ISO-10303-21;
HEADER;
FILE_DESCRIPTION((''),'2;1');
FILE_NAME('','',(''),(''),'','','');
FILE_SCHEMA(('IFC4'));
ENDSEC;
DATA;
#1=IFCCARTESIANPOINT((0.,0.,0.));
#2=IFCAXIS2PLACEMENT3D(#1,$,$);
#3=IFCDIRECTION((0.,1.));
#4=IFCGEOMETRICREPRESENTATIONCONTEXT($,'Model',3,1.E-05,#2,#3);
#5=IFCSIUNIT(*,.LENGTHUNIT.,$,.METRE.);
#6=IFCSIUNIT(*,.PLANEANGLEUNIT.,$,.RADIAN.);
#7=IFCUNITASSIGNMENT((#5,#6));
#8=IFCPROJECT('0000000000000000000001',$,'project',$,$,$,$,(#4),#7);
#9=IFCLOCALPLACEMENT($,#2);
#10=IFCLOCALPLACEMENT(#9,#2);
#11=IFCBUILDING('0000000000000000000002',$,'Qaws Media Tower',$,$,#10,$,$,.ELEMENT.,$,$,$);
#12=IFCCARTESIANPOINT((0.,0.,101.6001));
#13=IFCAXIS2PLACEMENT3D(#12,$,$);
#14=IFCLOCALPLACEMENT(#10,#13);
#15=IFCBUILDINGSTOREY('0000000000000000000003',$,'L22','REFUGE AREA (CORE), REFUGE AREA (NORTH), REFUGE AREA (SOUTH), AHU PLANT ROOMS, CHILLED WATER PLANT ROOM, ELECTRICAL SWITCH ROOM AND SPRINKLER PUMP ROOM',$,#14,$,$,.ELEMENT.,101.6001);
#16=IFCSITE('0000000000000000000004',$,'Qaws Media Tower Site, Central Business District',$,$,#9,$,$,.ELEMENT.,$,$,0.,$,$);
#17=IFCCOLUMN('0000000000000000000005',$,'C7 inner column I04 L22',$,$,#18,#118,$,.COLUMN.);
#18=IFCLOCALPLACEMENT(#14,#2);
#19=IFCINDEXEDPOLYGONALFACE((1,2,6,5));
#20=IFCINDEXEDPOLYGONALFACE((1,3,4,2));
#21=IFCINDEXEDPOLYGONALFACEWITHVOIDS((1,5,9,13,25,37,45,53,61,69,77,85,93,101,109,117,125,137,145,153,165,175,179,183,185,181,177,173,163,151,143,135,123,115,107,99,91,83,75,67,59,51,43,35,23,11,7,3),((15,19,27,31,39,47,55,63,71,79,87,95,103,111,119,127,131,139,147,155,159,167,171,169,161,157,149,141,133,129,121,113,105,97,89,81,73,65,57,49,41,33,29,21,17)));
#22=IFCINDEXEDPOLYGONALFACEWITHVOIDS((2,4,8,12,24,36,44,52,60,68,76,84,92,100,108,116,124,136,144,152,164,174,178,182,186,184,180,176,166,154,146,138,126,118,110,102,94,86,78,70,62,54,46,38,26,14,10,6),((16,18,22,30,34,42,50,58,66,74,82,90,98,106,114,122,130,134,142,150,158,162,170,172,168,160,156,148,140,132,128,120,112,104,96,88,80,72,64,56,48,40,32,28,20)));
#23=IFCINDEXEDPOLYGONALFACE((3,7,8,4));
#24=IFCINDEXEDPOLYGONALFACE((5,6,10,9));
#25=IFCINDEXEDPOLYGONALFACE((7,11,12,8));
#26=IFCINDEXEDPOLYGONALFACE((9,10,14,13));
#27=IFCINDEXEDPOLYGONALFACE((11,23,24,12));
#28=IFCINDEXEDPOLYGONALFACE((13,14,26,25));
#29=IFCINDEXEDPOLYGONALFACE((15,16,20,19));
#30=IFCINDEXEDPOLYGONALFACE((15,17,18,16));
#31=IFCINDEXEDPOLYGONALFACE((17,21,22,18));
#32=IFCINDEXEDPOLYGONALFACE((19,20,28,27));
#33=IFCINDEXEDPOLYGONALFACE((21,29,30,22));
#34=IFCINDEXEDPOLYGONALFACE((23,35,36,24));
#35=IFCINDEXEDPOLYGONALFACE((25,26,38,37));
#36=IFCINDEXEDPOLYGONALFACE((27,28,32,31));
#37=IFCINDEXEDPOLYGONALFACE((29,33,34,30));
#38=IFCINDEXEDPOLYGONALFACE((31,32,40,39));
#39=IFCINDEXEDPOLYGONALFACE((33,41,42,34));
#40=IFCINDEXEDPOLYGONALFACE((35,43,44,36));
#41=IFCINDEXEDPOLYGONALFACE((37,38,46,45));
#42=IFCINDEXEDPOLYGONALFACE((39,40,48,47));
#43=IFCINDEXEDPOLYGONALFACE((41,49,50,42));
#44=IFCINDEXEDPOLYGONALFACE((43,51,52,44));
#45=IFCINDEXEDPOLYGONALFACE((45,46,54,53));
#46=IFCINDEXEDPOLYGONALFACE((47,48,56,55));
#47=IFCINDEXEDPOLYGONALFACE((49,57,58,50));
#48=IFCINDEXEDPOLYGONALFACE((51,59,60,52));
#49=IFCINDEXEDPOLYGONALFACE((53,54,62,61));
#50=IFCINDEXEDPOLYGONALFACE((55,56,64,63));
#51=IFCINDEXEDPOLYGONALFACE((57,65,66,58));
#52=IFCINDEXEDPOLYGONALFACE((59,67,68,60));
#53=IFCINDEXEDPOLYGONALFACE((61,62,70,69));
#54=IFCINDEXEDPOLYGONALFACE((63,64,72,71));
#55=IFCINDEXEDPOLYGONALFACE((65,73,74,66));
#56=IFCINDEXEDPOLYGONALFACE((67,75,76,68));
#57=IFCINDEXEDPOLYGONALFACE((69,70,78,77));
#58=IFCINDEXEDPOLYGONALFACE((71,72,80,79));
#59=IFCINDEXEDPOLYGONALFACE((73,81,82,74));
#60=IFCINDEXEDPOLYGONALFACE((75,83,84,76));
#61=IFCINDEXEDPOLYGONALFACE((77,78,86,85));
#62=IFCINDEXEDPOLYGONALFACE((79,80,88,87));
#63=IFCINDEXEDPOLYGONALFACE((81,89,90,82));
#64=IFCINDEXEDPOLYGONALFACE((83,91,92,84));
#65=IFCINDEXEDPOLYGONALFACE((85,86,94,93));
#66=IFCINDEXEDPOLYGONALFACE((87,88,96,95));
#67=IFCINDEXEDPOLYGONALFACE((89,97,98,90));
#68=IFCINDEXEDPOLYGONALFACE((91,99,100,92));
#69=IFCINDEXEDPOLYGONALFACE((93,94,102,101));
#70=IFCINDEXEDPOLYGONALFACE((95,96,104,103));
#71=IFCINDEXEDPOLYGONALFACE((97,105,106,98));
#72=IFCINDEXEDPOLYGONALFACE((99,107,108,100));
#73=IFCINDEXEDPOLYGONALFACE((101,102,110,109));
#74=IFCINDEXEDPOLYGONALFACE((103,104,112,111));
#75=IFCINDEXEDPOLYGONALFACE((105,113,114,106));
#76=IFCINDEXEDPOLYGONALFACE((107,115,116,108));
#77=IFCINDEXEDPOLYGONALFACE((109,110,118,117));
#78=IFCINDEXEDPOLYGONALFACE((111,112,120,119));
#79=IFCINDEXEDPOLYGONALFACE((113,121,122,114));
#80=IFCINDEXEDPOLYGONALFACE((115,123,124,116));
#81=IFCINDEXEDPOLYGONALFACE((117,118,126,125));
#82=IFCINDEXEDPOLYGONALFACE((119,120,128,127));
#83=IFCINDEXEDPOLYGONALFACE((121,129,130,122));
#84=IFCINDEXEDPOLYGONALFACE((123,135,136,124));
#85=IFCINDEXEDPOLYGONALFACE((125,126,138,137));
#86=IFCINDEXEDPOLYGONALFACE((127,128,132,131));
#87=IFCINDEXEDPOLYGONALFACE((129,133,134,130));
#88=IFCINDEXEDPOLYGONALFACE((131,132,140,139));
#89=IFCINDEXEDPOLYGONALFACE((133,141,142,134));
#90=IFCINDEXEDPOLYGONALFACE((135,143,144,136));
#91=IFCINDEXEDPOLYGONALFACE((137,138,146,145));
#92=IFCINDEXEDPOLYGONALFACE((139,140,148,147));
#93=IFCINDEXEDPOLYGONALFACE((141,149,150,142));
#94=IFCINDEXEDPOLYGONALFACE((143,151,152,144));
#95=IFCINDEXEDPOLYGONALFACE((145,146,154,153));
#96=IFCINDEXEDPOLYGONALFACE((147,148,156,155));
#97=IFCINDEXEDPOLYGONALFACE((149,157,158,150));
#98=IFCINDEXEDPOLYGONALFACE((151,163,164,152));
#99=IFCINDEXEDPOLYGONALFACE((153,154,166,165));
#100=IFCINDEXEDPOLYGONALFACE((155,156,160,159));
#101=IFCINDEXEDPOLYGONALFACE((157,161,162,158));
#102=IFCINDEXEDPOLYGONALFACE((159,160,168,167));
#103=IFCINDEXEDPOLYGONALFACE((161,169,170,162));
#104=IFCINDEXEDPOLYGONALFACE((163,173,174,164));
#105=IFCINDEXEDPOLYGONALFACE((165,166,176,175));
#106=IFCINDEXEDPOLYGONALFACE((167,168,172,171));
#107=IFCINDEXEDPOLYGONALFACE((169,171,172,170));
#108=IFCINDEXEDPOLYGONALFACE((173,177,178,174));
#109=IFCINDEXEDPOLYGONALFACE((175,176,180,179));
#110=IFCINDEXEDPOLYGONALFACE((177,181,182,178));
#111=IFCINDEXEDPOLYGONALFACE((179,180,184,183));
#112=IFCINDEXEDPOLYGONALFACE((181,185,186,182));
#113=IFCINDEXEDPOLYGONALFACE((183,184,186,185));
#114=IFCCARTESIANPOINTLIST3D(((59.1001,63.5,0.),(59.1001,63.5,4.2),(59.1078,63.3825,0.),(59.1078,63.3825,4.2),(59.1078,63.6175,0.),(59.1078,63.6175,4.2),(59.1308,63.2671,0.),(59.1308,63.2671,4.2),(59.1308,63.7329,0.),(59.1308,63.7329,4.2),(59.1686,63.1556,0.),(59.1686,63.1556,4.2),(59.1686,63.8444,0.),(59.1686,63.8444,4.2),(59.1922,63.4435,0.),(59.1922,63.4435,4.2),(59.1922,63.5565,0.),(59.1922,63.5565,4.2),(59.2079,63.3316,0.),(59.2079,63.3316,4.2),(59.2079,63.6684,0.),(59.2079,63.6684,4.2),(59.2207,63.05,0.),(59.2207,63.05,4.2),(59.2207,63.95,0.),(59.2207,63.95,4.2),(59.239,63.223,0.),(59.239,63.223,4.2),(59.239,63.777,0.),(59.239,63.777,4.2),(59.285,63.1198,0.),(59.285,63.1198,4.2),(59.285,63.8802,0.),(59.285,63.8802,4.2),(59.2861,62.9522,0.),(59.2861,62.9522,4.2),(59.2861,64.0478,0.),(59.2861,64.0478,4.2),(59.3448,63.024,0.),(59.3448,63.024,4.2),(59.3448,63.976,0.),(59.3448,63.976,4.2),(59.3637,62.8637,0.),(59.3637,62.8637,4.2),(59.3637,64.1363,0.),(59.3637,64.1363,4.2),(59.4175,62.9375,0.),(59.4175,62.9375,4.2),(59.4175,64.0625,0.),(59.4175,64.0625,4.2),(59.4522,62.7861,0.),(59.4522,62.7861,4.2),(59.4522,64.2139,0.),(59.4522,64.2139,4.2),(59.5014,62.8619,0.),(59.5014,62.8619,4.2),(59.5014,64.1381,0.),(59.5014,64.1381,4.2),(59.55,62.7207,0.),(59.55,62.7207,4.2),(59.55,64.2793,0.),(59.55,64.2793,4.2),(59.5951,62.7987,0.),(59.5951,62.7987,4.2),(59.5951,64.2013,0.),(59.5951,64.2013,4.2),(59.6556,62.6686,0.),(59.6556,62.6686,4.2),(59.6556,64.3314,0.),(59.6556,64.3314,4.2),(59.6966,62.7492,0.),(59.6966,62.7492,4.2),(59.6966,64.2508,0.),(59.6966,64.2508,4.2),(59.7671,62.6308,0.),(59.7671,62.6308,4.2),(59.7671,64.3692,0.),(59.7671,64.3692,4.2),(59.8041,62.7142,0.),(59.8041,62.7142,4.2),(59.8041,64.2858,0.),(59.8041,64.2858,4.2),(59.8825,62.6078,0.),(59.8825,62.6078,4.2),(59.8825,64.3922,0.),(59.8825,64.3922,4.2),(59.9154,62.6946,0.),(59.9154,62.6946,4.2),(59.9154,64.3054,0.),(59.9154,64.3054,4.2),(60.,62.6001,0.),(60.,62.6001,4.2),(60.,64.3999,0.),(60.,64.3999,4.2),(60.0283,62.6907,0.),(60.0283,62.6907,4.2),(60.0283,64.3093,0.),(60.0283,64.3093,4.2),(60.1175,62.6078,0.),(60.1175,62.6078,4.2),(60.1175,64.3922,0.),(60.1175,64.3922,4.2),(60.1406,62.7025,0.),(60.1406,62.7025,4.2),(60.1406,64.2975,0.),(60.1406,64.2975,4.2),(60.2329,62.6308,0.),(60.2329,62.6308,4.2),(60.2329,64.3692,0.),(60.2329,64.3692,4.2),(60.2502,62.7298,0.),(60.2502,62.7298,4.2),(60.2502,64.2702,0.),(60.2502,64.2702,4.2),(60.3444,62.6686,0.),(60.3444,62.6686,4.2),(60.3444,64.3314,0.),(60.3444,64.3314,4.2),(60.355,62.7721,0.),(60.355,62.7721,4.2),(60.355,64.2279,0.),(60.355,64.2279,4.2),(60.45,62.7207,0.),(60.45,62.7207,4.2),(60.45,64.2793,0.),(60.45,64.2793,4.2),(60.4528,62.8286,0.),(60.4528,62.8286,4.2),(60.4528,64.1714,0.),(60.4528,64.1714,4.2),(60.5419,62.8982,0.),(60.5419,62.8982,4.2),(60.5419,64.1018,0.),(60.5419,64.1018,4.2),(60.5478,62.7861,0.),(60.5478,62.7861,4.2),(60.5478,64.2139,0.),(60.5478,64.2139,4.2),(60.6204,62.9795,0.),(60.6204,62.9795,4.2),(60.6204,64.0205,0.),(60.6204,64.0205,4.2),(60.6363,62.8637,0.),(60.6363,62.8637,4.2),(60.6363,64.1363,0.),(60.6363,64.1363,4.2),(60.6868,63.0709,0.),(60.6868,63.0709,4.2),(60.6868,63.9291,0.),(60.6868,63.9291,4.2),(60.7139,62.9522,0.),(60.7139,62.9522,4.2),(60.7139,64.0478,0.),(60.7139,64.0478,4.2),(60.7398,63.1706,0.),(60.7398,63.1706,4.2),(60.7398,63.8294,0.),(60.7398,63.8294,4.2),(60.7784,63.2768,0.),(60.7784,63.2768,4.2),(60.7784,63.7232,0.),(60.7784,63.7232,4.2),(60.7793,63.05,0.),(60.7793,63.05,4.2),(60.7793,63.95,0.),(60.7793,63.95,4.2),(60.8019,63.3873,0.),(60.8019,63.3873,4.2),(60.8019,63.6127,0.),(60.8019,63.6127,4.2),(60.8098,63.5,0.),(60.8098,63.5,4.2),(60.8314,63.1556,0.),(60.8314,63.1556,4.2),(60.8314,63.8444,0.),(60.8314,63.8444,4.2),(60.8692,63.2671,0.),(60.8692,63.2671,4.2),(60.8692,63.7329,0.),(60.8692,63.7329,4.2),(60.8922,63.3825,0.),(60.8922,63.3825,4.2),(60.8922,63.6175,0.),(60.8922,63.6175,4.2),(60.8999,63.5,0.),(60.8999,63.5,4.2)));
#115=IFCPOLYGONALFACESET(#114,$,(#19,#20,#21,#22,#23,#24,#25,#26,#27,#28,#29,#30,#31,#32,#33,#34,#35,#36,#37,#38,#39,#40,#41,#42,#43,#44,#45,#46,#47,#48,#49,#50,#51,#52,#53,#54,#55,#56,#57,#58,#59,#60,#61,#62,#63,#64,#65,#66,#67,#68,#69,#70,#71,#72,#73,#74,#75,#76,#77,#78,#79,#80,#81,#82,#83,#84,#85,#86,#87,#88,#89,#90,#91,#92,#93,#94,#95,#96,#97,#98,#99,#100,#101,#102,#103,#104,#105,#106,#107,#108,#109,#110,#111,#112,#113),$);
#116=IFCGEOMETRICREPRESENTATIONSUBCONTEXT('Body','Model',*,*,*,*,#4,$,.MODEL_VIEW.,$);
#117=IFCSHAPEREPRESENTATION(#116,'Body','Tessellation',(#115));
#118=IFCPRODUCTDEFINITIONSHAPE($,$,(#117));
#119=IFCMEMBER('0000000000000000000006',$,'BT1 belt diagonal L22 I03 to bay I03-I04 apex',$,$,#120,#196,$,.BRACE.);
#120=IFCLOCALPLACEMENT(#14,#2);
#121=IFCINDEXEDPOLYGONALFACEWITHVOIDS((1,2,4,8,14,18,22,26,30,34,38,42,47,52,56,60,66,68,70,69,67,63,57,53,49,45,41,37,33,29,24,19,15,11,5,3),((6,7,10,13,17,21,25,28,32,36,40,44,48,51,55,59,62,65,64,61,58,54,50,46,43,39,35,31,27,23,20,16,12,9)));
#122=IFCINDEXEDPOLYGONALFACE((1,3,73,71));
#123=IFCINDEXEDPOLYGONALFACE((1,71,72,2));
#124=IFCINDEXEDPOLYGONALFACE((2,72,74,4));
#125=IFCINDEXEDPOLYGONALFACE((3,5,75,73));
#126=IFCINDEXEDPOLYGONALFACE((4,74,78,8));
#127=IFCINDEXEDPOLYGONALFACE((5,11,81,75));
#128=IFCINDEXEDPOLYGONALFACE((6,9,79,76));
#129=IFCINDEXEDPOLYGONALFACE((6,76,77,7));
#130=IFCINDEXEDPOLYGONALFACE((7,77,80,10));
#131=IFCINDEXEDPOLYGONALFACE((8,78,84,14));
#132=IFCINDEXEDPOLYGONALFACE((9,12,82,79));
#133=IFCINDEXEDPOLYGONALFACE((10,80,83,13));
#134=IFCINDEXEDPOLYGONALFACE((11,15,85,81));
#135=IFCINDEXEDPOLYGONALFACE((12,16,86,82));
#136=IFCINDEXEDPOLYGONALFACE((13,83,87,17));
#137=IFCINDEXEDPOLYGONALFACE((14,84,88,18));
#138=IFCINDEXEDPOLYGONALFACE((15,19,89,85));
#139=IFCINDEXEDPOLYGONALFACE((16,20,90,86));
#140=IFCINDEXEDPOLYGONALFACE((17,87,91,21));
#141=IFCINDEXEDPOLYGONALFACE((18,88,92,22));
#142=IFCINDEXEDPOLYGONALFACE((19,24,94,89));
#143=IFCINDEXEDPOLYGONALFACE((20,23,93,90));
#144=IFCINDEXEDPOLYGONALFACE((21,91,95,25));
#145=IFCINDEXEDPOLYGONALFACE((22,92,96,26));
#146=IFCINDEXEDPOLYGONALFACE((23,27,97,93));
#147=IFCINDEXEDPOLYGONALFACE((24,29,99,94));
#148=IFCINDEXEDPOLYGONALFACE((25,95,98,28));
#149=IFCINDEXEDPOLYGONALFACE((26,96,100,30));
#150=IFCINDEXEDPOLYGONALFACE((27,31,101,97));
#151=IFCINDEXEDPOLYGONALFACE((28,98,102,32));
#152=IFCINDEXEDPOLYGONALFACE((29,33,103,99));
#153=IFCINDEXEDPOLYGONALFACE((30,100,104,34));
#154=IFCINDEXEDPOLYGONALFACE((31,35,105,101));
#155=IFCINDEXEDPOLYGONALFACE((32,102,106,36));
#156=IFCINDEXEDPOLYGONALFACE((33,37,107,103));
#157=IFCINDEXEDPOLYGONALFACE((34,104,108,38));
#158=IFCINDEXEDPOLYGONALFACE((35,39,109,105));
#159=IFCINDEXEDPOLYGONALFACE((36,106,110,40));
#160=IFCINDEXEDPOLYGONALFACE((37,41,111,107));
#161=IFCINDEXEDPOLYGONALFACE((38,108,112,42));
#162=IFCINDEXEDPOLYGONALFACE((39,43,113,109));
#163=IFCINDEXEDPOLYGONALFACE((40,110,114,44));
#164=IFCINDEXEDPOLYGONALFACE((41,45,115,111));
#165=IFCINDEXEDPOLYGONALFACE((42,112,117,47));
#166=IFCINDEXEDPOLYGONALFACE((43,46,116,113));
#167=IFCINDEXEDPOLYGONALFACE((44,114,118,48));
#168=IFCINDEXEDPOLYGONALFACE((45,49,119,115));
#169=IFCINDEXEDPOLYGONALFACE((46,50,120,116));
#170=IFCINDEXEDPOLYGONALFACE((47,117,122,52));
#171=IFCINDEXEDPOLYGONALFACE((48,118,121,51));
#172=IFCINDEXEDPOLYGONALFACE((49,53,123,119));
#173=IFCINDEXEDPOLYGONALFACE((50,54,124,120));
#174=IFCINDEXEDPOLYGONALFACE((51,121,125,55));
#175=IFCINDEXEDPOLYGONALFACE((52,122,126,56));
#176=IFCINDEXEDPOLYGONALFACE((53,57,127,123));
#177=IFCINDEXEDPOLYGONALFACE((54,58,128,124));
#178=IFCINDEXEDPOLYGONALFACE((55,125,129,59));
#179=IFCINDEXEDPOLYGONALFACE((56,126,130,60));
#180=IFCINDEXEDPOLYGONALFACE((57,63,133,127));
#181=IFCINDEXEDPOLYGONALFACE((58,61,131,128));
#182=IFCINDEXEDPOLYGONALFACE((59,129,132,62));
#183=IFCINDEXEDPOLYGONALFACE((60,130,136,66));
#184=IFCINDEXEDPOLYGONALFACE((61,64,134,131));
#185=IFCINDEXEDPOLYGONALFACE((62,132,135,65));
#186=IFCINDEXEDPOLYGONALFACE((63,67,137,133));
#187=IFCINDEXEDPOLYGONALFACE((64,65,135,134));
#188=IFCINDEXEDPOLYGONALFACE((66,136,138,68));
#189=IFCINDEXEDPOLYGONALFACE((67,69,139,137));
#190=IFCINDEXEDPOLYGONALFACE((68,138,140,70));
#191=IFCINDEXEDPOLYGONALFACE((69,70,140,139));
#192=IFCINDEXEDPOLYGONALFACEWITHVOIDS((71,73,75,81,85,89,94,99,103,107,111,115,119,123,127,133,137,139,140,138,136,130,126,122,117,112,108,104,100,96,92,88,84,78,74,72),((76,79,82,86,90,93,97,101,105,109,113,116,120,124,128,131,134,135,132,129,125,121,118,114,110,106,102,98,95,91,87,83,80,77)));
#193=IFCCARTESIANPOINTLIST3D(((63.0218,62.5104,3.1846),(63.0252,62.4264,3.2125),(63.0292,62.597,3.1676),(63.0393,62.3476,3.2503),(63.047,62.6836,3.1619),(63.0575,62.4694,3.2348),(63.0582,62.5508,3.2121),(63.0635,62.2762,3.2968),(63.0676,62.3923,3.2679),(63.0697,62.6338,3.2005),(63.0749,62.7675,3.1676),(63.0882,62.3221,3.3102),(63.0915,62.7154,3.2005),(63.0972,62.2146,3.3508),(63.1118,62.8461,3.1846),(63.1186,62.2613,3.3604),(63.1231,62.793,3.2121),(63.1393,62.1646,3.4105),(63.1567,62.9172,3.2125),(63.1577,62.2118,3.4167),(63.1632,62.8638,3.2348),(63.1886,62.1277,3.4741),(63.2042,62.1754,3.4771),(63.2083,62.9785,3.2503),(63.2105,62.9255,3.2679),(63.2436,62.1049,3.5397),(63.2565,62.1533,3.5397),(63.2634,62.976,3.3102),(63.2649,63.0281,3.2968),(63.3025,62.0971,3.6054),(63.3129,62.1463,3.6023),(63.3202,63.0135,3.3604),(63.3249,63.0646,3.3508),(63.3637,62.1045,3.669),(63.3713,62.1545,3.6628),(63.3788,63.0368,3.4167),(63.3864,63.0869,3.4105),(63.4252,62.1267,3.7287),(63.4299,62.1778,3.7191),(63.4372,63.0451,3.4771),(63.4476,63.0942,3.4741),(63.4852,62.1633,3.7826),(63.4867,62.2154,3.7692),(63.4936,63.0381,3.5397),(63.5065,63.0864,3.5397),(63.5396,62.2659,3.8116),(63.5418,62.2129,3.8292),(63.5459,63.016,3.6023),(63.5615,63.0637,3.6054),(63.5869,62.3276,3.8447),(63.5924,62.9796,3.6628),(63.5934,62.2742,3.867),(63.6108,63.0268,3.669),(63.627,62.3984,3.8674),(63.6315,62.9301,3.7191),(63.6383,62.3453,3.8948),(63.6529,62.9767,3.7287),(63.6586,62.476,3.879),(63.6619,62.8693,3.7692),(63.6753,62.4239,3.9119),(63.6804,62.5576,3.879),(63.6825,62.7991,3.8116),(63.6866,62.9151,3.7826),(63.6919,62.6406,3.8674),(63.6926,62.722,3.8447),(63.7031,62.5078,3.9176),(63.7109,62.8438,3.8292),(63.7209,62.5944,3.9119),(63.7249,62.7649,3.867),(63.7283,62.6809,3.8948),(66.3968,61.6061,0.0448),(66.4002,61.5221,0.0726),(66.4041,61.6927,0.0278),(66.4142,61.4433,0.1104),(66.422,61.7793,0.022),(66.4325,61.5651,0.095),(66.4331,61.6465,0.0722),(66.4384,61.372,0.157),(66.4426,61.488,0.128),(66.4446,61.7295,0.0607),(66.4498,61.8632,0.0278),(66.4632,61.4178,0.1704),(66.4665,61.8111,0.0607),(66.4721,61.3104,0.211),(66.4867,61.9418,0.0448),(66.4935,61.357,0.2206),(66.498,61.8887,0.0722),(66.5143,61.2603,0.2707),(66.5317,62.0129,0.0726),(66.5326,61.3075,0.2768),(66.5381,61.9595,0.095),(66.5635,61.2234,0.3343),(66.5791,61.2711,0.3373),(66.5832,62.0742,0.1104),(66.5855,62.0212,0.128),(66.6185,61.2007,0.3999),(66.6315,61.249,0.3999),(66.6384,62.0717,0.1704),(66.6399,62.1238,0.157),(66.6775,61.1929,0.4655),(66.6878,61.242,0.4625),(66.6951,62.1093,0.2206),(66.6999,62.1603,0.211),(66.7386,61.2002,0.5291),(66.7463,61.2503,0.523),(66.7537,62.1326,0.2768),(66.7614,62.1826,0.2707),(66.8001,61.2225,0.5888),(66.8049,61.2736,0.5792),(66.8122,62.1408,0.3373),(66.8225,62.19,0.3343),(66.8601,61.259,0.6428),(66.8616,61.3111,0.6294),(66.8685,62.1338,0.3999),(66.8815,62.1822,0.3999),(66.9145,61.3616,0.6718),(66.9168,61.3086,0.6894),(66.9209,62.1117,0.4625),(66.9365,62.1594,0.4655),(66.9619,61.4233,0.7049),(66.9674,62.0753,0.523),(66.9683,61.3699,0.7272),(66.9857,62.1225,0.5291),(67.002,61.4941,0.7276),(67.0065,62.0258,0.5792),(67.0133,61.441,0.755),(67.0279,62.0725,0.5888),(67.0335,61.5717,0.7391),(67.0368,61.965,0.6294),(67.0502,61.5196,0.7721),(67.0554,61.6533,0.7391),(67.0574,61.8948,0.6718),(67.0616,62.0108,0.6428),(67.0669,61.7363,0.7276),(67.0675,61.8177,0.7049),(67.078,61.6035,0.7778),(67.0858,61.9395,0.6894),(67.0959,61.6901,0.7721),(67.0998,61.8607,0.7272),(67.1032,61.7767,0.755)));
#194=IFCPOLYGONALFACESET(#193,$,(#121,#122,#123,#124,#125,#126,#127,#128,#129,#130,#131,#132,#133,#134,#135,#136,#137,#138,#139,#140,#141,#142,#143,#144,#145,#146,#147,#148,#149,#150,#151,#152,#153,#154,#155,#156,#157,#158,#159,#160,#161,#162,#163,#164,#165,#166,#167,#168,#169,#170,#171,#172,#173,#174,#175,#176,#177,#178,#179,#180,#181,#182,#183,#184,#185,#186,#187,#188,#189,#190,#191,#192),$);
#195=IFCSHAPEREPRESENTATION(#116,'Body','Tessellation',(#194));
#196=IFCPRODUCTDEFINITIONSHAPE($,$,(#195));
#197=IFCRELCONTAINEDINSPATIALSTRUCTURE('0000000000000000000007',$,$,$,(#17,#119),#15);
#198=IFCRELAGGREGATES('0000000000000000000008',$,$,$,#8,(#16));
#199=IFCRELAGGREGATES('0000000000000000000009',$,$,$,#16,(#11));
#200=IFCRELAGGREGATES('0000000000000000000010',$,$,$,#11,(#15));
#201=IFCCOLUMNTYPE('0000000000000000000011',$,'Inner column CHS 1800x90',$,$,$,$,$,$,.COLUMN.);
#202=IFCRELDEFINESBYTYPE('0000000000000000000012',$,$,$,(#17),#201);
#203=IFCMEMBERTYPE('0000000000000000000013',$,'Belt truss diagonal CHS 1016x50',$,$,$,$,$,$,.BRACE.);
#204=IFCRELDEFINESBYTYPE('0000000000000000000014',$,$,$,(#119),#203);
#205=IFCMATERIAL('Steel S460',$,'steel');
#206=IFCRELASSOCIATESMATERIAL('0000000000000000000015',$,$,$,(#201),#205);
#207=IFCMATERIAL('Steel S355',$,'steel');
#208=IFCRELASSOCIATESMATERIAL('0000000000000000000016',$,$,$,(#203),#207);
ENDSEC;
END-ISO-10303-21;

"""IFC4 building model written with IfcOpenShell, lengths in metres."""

from ifc_helpers import new_model, si_unit, direction, frame, origin, origin_2d, place, context, subcontext, project, spatial, hollow_circle, extrude, material, material_profile, profile_set, type_object, element, save


model = new_model("IFC4")

# Units and contexts
model_context = context("Model", 3, precision=1e-05, world=origin(), true_north=direction((0.0, 1.0)))
body_context = subcontext(model_context, "Body", "Model", "MODEL_VIEW")
ifc_project = project(units=[si_unit("LENGTHUNIT", "METRE"), si_unit("PLANEANGLEUNIT", "RADIAN")], contexts=[model_context])

# Site, building, storey
site_placement = place(None, origin())
site = spatial("IfcSite", under=ifc_project, at=site_placement, Name="Qaws Media Tower Site, Central Business District", CompositionType="ELEMENT", RefElevation=0.0)
building_placement = place(site_placement, origin())
building = spatial("IfcBuilding", under=site, at=building_placement, Name="Qaws Media Tower", CompositionType="ELEMENT")
storey_placement = place(building_placement, frame((0.0, 0.0, 101.6001)))
storey = spatial("IfcBuildingStorey", under=building, at=storey_placement, Name="L22", Description="REFUGE AREA (CORE), REFUGE AREA (NORTH), REFUGE AREA (SOUTH), AHU PLANT ROOMS, CHILLED WATER PLANT ROOM, ELECTRICAL SWITCH ROOM AND SPRINKLER PUMP ROOM", CompositionType="ELEMENT", Elevation=101.6001)

# Column
ifc_material_1 = material(Name="Steel S460", Category="steel")
ifc_material_profile_1 = material_profile(ifc_material_1, hollow_circle(Radius=0.8999, WallThickness=0.0901, at=origin_2d()), Name="CHS 1800x90")
ifc_profile_set_1 = profile_set([ifc_material_profile_1], Name="Steel S460")
column_type = type_object("IfcColumnType", Name="Inner column CHS 1800x90", PredefinedType="COLUMN", material=ifc_profile_set_1)
column_placement = place(storey_placement, frame((60.0, 63.5, 0.0), z_axis=(0.0, 0.0, 1.0), x_axis=(1.0, 0.0, 0.0)))
element("IfcColumn", 1, at=column_placement, inside=storey, type_object=column_type, Name="C7 inner column I04 L22", PredefinedType="COLUMN", context=body_context, shape_type="SweptSolid", body=[
    extrude(hollow_circle(Radius=0.8999, WallThickness=0.0901, at=origin_2d()), origin(), (0.0, 0.0, 1.0), 4.2),
])

# Member
ifc_material_2 = material(Name="Steel S355", Category="steel")
ifc_material_profile_2 = material_profile(ifc_material_2, hollow_circle(Radius=0.5081, WallThickness=0.05, at=origin_2d()), Name="CHS 1016x50")
ifc_profile_set_2 = profile_set([ifc_material_profile_2], Name="Steel S355")
member_type_1 = type_object("IfcMemberType", Name="Belt truss diagonal CHS 1016x50", PredefinedType="BRACE", material=ifc_profile_set_2)
for number, where, z_axis, x_axis, name in (
    (2, (66.75, 61.6914, 0.3999), (-0.718454, 0.192503, 0.668406), (-0.258811, -0.965928, 0.0), "BT1 belt diagonal L22 I03 to bay I03-I04 apex"),
):
    element("IfcMember", number, at=place(storey_placement, frame(where, z_axis=z_axis, x_axis=x_axis)), inside=storey, type_object=member_type_1, Name=name, PredefinedType="BRACE", context=body_context, shape_type="SweptSolid", body=[
        extrude(hollow_circle(Radius=0.5081, WallThickness=0.05, at=origin_2d()), origin(), (0.0, 0.0, 1.0), 4.6975),
    ])

save(model, "model.ifc")
